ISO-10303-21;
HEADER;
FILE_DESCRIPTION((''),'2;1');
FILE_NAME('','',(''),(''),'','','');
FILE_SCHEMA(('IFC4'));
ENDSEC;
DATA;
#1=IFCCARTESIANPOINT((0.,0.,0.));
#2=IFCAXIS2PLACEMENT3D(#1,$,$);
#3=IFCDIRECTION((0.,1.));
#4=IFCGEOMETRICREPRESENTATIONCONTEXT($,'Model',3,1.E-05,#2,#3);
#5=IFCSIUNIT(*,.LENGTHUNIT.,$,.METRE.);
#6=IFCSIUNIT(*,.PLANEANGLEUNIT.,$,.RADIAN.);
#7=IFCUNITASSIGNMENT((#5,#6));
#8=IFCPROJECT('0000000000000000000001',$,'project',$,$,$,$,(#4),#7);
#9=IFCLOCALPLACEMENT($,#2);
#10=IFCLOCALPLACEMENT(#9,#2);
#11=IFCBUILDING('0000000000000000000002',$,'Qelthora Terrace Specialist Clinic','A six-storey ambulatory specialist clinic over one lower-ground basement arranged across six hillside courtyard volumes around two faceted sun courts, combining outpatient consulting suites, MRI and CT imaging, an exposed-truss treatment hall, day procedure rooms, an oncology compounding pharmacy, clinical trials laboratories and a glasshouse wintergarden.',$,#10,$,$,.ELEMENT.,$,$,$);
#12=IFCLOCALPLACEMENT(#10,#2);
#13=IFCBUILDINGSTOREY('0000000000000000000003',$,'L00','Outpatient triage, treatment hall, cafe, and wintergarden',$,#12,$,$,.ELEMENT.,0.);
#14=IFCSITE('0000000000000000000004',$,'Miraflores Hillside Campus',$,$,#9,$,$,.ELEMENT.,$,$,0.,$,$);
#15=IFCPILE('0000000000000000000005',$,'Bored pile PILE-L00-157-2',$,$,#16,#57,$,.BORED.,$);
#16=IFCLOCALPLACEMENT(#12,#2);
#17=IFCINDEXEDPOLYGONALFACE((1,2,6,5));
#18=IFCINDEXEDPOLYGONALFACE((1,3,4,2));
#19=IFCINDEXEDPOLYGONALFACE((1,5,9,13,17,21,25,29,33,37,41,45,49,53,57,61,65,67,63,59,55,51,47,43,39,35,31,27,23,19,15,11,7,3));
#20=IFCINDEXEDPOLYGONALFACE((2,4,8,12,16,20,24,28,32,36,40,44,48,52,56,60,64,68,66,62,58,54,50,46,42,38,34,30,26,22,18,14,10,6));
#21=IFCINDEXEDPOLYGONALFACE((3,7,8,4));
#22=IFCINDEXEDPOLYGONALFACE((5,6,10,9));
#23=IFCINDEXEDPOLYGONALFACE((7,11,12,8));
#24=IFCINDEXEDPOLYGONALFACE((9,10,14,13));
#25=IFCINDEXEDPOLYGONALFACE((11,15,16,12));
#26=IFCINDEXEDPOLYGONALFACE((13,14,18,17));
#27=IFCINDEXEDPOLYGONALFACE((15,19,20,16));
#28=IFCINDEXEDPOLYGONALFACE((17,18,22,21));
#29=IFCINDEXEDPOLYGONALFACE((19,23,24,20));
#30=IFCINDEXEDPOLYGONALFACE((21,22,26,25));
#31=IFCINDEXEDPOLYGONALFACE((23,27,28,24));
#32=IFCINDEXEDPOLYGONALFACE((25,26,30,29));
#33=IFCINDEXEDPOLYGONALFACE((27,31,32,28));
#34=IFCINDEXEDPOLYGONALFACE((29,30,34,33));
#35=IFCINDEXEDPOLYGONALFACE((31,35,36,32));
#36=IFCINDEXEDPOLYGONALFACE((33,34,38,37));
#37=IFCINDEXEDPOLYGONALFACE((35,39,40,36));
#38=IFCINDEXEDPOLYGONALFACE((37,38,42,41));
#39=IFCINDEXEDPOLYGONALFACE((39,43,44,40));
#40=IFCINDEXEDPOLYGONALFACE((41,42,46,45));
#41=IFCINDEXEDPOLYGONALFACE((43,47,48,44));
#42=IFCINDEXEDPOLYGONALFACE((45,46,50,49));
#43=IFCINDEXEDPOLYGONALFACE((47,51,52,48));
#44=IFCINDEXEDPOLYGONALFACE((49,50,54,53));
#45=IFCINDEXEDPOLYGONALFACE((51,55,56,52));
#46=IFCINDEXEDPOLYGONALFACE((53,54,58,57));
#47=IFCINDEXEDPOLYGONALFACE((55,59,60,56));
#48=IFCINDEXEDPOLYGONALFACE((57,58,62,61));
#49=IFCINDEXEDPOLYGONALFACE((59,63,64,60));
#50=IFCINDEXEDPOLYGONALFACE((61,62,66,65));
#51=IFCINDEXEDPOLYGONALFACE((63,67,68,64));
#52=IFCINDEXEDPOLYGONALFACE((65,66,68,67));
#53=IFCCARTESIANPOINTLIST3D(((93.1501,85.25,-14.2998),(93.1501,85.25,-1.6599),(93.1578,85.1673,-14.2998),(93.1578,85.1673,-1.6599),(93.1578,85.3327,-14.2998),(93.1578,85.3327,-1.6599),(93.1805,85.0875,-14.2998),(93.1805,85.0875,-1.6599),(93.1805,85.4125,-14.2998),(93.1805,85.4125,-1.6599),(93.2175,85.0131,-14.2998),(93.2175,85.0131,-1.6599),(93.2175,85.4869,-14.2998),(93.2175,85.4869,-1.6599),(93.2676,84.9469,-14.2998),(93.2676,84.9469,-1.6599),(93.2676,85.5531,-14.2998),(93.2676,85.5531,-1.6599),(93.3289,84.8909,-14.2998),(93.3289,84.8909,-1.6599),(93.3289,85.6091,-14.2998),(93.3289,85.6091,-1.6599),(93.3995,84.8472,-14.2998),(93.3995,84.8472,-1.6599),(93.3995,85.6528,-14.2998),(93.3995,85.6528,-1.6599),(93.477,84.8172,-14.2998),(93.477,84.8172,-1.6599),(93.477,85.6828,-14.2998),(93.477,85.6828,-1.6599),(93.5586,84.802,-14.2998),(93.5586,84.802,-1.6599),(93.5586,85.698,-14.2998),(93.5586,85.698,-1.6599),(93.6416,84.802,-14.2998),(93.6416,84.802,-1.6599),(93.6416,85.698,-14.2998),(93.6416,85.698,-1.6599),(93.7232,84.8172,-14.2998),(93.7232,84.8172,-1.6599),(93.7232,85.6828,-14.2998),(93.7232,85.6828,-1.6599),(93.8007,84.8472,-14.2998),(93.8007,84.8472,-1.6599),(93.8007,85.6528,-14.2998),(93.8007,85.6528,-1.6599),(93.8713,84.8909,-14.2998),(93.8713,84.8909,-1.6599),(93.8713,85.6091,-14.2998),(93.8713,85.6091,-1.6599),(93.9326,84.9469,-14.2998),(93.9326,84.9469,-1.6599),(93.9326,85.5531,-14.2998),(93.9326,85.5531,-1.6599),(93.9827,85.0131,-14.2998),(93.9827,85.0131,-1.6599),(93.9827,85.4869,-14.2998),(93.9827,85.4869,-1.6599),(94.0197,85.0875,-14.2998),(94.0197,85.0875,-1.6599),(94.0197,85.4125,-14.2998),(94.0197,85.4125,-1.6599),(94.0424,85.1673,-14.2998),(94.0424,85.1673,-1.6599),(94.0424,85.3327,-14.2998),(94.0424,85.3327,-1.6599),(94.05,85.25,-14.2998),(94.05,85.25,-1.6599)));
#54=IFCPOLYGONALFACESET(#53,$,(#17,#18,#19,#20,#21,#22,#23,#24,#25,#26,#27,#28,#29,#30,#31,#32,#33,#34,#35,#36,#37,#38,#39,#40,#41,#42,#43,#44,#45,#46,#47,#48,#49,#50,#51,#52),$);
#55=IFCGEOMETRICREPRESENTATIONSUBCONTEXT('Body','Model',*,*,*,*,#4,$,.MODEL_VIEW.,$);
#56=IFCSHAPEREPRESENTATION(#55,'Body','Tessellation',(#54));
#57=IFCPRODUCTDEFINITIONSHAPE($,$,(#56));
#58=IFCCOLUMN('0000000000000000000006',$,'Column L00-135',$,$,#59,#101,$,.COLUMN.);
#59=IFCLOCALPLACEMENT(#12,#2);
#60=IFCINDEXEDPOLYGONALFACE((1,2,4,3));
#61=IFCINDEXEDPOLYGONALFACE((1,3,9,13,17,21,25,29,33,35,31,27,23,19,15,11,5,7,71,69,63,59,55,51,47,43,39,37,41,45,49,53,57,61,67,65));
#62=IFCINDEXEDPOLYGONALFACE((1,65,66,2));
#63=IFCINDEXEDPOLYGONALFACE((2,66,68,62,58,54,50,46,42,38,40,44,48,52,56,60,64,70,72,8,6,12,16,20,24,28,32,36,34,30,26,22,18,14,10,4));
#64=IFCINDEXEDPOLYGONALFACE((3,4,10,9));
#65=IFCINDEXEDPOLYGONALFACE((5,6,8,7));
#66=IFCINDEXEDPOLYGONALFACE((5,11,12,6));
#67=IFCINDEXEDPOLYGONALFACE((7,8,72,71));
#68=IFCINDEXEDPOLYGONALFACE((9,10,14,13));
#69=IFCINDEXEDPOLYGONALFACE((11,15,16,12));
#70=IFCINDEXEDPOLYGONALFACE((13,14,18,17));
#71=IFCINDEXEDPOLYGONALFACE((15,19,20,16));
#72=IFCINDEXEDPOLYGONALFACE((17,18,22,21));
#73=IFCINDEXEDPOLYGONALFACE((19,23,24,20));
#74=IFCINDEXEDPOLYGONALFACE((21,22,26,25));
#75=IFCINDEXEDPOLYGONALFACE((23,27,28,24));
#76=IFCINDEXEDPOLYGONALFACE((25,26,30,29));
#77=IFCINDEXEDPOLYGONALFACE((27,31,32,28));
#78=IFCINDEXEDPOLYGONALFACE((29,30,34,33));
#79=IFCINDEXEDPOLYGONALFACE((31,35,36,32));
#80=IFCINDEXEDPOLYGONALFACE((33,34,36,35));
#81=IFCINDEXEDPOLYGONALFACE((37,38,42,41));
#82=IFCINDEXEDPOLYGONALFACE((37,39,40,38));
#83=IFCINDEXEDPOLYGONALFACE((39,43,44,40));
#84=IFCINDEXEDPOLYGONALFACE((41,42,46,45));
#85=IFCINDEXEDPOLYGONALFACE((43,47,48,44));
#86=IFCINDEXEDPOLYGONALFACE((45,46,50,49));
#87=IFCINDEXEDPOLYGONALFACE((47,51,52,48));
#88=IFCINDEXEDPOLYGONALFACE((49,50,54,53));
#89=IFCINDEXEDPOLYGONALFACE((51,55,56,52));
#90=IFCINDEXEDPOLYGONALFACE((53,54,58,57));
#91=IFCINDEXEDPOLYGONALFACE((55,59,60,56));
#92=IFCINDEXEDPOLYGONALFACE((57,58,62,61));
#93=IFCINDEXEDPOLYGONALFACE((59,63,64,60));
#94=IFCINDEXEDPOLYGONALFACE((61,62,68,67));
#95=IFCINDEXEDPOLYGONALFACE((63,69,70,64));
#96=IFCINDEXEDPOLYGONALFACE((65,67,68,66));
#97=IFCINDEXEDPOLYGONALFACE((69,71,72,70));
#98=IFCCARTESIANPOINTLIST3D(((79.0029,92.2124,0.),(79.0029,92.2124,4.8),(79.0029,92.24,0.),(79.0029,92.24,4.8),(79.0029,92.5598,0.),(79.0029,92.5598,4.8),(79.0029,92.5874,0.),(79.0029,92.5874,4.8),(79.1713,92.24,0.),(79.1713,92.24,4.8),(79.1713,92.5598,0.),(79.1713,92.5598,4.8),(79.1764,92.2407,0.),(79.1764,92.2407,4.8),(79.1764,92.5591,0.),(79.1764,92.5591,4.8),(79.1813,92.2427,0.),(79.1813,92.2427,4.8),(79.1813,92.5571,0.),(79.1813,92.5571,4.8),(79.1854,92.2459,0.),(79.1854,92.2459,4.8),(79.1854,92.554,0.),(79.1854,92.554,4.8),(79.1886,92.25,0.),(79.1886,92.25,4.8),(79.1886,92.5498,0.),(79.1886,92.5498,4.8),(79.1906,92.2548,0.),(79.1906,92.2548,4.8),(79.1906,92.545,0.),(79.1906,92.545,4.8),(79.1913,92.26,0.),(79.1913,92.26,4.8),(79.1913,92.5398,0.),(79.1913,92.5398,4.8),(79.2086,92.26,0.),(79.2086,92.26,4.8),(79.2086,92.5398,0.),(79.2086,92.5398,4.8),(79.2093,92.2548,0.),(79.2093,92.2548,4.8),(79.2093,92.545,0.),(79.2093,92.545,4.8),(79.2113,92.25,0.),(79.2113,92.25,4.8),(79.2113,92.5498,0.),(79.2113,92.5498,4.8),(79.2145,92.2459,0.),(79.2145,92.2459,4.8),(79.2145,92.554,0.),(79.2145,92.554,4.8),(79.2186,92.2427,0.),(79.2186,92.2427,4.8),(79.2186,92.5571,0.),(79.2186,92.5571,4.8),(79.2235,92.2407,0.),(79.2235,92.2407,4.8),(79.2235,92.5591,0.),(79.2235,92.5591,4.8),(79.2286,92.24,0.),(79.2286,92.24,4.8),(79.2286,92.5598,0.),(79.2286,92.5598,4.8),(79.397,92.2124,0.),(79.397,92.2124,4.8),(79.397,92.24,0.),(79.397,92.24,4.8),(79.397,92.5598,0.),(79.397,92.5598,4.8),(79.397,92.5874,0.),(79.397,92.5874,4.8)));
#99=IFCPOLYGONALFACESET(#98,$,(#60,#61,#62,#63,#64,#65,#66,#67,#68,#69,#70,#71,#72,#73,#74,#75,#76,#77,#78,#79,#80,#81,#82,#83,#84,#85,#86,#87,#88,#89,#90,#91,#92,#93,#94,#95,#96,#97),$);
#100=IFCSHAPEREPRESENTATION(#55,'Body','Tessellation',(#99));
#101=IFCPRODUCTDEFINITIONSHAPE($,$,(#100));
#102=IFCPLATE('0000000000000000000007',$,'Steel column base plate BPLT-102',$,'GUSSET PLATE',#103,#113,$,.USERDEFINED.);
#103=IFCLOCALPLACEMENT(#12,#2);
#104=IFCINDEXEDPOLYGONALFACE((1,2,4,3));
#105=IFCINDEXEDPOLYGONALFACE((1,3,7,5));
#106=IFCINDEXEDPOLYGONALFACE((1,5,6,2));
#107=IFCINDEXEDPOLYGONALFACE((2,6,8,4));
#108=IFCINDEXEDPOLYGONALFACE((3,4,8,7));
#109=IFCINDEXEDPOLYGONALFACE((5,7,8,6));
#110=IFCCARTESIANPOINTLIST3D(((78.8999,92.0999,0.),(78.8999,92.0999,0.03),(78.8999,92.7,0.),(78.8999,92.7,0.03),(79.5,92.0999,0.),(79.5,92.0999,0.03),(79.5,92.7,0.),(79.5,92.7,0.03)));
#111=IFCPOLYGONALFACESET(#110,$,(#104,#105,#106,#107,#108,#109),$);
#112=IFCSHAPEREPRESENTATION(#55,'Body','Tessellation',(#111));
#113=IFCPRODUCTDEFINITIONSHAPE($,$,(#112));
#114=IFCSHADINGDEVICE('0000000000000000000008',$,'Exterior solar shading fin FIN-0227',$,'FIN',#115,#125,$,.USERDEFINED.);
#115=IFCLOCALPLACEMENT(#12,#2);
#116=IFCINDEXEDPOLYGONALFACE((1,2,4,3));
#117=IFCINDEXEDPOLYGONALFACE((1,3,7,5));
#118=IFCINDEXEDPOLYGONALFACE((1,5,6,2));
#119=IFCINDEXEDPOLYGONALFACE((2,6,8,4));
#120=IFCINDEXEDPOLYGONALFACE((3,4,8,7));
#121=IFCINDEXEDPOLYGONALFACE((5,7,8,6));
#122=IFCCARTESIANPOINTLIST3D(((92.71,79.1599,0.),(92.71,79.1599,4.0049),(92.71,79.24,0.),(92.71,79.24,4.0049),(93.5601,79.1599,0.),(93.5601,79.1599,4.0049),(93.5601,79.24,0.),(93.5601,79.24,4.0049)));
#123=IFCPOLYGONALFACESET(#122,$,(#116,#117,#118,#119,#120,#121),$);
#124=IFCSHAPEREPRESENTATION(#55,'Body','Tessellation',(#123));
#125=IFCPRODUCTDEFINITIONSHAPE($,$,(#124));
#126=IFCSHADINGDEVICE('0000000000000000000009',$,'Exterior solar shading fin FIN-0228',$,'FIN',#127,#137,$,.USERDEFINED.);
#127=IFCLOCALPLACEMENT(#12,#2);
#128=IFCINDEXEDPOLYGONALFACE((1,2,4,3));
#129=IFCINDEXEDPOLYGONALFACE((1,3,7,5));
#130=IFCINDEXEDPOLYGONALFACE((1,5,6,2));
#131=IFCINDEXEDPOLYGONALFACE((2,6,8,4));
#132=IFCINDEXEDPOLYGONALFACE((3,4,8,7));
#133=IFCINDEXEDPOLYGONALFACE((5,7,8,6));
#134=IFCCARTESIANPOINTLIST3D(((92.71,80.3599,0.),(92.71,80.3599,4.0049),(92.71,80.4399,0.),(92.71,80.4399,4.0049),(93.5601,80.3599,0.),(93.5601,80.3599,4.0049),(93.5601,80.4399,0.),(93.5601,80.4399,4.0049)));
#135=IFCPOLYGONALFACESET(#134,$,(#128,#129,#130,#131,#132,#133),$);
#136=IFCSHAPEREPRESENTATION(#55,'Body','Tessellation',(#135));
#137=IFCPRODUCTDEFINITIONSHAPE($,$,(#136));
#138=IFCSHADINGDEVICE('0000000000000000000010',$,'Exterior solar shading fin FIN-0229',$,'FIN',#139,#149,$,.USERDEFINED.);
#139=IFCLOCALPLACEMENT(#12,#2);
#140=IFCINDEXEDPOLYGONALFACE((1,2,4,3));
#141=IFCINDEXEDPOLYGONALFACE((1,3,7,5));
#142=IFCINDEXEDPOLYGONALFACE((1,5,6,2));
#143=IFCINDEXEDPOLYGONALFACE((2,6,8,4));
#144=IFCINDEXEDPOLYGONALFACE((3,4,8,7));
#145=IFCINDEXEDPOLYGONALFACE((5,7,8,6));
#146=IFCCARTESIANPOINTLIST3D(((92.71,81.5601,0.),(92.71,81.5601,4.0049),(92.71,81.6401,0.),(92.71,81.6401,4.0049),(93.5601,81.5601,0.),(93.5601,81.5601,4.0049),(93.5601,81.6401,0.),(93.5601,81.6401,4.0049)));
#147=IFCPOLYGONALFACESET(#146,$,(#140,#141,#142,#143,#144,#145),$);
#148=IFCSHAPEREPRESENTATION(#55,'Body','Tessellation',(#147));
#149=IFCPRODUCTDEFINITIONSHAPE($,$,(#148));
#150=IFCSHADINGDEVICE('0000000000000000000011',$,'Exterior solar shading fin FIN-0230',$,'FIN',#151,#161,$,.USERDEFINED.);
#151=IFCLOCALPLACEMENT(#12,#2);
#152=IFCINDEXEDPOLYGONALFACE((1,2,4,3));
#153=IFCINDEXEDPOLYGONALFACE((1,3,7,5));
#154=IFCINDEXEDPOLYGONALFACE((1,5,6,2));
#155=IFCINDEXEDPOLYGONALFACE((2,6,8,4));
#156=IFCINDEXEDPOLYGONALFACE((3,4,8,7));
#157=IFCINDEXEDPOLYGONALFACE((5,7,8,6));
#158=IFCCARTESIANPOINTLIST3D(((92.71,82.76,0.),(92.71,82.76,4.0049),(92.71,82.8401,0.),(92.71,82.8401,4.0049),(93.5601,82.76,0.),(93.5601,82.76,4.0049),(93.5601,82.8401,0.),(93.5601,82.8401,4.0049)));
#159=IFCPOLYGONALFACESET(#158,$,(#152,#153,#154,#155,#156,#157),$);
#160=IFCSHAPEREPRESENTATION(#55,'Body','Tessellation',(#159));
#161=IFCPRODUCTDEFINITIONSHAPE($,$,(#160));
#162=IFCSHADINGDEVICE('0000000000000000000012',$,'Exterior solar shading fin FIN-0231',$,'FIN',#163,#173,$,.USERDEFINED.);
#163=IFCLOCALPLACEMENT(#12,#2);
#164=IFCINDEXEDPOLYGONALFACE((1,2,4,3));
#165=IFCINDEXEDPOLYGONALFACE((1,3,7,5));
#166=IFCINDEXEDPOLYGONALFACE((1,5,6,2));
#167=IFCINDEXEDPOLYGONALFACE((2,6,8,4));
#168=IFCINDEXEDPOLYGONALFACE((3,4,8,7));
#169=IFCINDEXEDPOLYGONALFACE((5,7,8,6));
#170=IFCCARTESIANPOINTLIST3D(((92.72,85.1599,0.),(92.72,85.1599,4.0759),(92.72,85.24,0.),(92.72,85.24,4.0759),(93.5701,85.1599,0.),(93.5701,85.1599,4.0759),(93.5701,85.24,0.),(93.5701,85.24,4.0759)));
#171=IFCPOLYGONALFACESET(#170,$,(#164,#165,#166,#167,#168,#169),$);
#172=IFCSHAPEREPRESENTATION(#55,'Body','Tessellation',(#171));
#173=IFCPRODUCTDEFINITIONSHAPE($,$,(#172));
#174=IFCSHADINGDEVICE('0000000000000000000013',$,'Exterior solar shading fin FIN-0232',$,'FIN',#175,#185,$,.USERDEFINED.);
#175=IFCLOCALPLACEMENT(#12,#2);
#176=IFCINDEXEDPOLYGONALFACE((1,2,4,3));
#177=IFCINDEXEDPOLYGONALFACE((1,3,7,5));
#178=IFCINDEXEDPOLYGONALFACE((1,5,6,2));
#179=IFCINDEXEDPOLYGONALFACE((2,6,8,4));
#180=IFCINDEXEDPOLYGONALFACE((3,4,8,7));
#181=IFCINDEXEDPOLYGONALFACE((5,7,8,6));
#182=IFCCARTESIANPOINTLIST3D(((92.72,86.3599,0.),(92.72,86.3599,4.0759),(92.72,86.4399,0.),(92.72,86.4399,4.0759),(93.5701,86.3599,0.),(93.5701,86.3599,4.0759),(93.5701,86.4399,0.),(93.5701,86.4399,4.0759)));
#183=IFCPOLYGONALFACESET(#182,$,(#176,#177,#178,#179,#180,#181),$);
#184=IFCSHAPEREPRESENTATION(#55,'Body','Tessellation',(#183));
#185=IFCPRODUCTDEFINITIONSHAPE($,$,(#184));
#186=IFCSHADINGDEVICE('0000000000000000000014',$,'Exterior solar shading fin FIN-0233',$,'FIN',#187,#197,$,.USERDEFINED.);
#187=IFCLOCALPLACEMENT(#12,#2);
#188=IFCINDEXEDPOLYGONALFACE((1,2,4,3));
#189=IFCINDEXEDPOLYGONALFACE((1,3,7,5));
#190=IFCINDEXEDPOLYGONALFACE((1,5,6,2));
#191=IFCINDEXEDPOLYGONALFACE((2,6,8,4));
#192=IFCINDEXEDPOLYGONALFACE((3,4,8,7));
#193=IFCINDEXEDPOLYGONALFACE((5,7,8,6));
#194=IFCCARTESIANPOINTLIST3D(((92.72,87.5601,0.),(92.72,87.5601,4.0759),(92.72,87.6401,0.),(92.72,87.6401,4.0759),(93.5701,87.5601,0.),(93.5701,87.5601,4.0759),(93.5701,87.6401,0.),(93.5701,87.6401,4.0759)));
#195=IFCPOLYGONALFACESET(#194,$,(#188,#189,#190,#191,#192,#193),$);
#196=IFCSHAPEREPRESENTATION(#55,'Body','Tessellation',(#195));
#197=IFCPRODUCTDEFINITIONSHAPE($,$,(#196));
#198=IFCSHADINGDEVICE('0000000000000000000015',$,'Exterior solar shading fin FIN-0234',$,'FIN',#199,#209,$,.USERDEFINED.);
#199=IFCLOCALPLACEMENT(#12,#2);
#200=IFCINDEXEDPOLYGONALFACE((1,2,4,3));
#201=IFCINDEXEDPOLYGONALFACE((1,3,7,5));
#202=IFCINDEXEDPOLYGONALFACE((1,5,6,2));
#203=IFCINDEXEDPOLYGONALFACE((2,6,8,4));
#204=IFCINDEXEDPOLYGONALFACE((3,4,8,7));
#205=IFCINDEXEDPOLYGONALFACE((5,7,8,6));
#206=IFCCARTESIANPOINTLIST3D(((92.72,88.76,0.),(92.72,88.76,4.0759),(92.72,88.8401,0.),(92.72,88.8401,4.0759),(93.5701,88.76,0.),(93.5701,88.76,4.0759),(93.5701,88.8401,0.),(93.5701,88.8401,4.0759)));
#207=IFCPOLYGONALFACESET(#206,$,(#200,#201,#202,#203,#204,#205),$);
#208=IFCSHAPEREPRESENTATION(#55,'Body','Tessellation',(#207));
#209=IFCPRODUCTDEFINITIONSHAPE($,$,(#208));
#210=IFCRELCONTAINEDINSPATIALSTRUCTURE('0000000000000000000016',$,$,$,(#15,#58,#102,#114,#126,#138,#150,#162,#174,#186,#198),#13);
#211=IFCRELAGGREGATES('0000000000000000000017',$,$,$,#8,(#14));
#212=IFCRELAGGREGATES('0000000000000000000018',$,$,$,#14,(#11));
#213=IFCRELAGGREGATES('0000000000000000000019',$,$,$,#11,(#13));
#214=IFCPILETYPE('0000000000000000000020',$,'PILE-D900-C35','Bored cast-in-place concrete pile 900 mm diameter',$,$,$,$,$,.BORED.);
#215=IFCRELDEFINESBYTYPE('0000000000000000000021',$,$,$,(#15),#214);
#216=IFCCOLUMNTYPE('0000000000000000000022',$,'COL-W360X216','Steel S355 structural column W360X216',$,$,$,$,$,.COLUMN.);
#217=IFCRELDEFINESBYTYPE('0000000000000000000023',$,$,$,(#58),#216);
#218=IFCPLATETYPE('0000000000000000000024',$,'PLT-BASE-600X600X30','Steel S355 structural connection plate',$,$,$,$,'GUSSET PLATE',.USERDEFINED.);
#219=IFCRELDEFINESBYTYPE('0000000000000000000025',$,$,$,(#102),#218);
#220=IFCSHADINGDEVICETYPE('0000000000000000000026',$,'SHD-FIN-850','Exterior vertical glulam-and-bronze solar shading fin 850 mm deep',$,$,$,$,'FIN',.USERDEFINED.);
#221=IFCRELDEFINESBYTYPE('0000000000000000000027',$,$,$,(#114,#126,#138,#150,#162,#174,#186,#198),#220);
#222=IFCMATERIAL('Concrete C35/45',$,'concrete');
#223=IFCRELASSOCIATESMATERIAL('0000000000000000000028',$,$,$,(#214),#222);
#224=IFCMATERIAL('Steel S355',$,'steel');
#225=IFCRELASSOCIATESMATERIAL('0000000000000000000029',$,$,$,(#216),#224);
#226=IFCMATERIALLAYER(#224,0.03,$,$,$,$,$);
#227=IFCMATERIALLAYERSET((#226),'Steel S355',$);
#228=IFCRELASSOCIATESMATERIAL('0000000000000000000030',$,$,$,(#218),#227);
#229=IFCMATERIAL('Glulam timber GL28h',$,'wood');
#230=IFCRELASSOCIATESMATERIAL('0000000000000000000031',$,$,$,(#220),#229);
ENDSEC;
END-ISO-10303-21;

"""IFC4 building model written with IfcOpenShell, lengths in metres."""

from ifc_helpers import new_model, si_unit, direction, frame, origin, origin_2d, place, context, subcontext, project, spatial, rectangle, circle, i_section, extrude, material, layer, layer_set, material_profile, profile_set, type_object, element, save


model = new_model("IFC4")

# Units and contexts
model_context = context("Model", 3, precision=1e-05, world=origin(), true_north=direction((0.0, 1.0)))
body_context = subcontext(model_context, "Body", "Model", "MODEL_VIEW")
ifc_project = project(units=[si_unit("LENGTHUNIT", "METRE"), si_unit("PLANEANGLEUNIT", "RADIAN")], contexts=[model_context])

# Site, building, storey
site_placement = place(None, origin())
site = spatial("IfcSite", under=ifc_project, at=site_placement, Name="Miraflores Hillside Campus", CompositionType="ELEMENT", RefElevation=0.0)
building_placement = place(site_placement, origin())
building = spatial("IfcBuilding", under=site, at=building_placement, Name="Qelthora Terrace Specialist Clinic", Description="A six-storey ambulatory specialist clinic over one lower-ground basement arranged across six hillside courtyard volumes around two faceted sun courts, combining outpatient consulting suites, MRI and CT imaging, an exposed-truss treatment hall, day procedure rooms, an oncology compounding pharmacy, clinical trials laboratories and a glasshouse wintergarden.", CompositionType="ELEMENT")
storey_placement = place(building_placement, origin())
storey = spatial("IfcBuildingStorey", under=building, at=storey_placement, Name="L00", Description="Outpatient triage, treatment hall, cafe, and wintergarden", CompositionType="ELEMENT", Elevation=0.0)

# Shared definitions
ifc_material_1 = material(Name="Concrete C35/45", Category="concrete")

# Pile
ifc_material_profile_1 = material_profile(ifc_material_1, circle(Radius=0.45, at=origin_2d()), Name="PILE900")
ifc_profile_set_1 = profile_set([ifc_material_profile_1], Name="Concrete C35/45")
pile_type_1 = type_object("IfcPileType", Name="PILE-D900-C35", Description="Bored cast-in-place concrete pile 900 mm diameter", PredefinedType="BORED", material=ifc_profile_set_1)
for number, where, z_axis, x_axis, name in (
    (1, (93.6001, 85.25, -1.6599), (0.0, 0.0, -1.0), (1.0, 0.0, 0.0), "Bored pile PILE-L00-157-2"),
):
    element("IfcPile", number, at=place(storey_placement, frame(where, z_axis=z_axis, x_axis=x_axis)), inside=storey, type_object=pile_type_1, Name=name, PredefinedType="BORED", context=body_context, shape_type="SweptSolid", body=[
        extrude(circle(Radius=0.45, at=origin_2d()), origin(), (0.0, 0.0, 1.0), 12.6399),
    ])

# Column
ifc_material_2 = material(Name="Steel S355", Category="steel")
ifc_material_profile_2 = material_profile(ifc_material_2, i_section(OverallWidth=0.394, OverallDepth=0.375, WebThickness=0.0173, FlangeThickness=0.0276, FilletRadius=0.02, at=origin_2d()), Name="W360X216")
ifc_profile_set_2 = profile_set([ifc_material_profile_2], Name="Steel S355")
column_type = type_object("IfcColumnType", Name="COL-W360X216", Description="Steel S355 structural column W360X216", PredefinedType="COLUMN", material=ifc_profile_set_2)
column_placement = place(storey_placement, frame((79.2, 92.3999, 0.0), z_axis=(0.0, 0.0, 1.0), x_axis=(1.0, 0.0, 0.0)))
element("IfcColumn", 2, at=column_placement, inside=storey, type_object=column_type, Name="Column L00-135", PredefinedType="COLUMN", context=body_context, shape_type="SweptSolid", body=[
    extrude(i_section(OverallWidth=0.394, OverallDepth=0.375, WebThickness=0.0173, FlangeThickness=0.0276, FilletRadius=0.02, at=origin_2d()), origin(), (0.0, 0.0, 1.0), 4.8),
])

# Plate
ifc_layer_1 = layer(ifc_material_2, 0.03)
ifc_layer_set_1 = layer_set([ifc_layer_1], Name="Steel S355")
plate_type = type_object("IfcPlateType", Name="PLT-BASE-600X600X30", Description="Steel S355 structural connection plate", ElementType="GUSSET PLATE", PredefinedType="USERDEFINED", material=ifc_layer_set_1)
plate_placement = place(storey_placement, frame((79.2, 92.3999, 0.0), z_axis=(0.0, 0.0, 1.0), x_axis=(1.0, 0.0, 0.0)))
element("IfcPlate", 3, at=plate_placement, inside=storey, type_object=plate_type, Name="Steel column base plate BPLT-102", ObjectType="GUSSET PLATE", PredefinedType="USERDEFINED", context=body_context, shape_type="SweptSolid", body=[
    extrude(rectangle(XDim=0.6001, YDim=0.6001, at=origin_2d()), origin(), (0.0, 0.0, 1.0), 0.03),
])

# Shading devices
ifc_material_3 = material(Name="Glulam timber GL28h", Category="wood")
shading_device_type = type_object("IfcShadingDeviceType", Name="SHD-FIN-850", Description="Exterior vertical glulam-and-bronze solar shading fin 850 mm deep", ElementType="FIN", PredefinedType="USERDEFINED", material=ifc_material_3)
for number, where, z_axis, x_axis, name in (
    (4, (93.135, 79.2, 0.0), (0.0, 0.0, 1.0), (-1.0, 0.0, 0.0), "Exterior solar shading fin FIN-0227"),
    (5, (93.135, 80.3999, 0.0), (0.0, 0.0, 1.0), (-1.0, 0.0, 0.0), "Exterior solar shading fin FIN-0228"),
    (6, (93.135, 81.6001, 0.0), (0.0, 0.0, 1.0), (-1.0, 0.0, 0.0), "Exterior solar shading fin FIN-0229"),
    (7, (93.135, 82.8, 0.0), (0.0, 0.0, 1.0), (-1.0, 0.0, 0.0), "Exterior solar shading fin FIN-0230"),
):
    element("IfcShadingDevice", number, at=place(storey_placement, frame(where, z_axis=z_axis, x_axis=x_axis)), inside=storey, type_object=shading_device_type, Name=name, ObjectType="FIN", PredefinedType="USERDEFINED", context=body_context, shape_type="SweptSolid", body=[
        extrude(rectangle(XDim=0.8501, YDim=0.0801, at=origin_2d()), origin(), (0.0, 0.0, 1.0), 4.0049),
    ])
for number, where, z_axis, x_axis, name in (
    (8, (93.145, 85.2, 0.0), (0.0, 0.0, 1.0), (-1.0, 0.0, 0.0), "Exterior solar shading fin FIN-0231"),
    (9, (93.145, 86.3999, 0.0), (0.0, 0.0, 1.0), (-1.0, 0.0, 0.0), "Exterior solar shading fin FIN-0232"),
    (10, (93.145, 87.6001, 0.0), (0.0, 0.0, 1.0), (-1.0, 0.0, 0.0), "Exterior solar shading fin FIN-0233"),
    (11, (93.145, 88.8, 0.0), (0.0, 0.0, 1.0), (-1.0, 0.0, 0.0), "Exterior solar shading fin FIN-0234"),
):
    element("IfcShadingDevice", number, at=place(storey_placement, frame(where, z_axis=z_axis, x_axis=x_axis)), inside=storey, type_object=shading_device_type, Name=name, ObjectType="FIN", PredefinedType="USERDEFINED", context=body_context, shape_type="SweptSolid", body=[
        extrude(rectangle(XDim=0.8501, YDim=0.0801, at=origin_2d()), origin(), (0.0, 0.0, 1.0), 4.0759),
    ])

save(model, "model.ifc")
